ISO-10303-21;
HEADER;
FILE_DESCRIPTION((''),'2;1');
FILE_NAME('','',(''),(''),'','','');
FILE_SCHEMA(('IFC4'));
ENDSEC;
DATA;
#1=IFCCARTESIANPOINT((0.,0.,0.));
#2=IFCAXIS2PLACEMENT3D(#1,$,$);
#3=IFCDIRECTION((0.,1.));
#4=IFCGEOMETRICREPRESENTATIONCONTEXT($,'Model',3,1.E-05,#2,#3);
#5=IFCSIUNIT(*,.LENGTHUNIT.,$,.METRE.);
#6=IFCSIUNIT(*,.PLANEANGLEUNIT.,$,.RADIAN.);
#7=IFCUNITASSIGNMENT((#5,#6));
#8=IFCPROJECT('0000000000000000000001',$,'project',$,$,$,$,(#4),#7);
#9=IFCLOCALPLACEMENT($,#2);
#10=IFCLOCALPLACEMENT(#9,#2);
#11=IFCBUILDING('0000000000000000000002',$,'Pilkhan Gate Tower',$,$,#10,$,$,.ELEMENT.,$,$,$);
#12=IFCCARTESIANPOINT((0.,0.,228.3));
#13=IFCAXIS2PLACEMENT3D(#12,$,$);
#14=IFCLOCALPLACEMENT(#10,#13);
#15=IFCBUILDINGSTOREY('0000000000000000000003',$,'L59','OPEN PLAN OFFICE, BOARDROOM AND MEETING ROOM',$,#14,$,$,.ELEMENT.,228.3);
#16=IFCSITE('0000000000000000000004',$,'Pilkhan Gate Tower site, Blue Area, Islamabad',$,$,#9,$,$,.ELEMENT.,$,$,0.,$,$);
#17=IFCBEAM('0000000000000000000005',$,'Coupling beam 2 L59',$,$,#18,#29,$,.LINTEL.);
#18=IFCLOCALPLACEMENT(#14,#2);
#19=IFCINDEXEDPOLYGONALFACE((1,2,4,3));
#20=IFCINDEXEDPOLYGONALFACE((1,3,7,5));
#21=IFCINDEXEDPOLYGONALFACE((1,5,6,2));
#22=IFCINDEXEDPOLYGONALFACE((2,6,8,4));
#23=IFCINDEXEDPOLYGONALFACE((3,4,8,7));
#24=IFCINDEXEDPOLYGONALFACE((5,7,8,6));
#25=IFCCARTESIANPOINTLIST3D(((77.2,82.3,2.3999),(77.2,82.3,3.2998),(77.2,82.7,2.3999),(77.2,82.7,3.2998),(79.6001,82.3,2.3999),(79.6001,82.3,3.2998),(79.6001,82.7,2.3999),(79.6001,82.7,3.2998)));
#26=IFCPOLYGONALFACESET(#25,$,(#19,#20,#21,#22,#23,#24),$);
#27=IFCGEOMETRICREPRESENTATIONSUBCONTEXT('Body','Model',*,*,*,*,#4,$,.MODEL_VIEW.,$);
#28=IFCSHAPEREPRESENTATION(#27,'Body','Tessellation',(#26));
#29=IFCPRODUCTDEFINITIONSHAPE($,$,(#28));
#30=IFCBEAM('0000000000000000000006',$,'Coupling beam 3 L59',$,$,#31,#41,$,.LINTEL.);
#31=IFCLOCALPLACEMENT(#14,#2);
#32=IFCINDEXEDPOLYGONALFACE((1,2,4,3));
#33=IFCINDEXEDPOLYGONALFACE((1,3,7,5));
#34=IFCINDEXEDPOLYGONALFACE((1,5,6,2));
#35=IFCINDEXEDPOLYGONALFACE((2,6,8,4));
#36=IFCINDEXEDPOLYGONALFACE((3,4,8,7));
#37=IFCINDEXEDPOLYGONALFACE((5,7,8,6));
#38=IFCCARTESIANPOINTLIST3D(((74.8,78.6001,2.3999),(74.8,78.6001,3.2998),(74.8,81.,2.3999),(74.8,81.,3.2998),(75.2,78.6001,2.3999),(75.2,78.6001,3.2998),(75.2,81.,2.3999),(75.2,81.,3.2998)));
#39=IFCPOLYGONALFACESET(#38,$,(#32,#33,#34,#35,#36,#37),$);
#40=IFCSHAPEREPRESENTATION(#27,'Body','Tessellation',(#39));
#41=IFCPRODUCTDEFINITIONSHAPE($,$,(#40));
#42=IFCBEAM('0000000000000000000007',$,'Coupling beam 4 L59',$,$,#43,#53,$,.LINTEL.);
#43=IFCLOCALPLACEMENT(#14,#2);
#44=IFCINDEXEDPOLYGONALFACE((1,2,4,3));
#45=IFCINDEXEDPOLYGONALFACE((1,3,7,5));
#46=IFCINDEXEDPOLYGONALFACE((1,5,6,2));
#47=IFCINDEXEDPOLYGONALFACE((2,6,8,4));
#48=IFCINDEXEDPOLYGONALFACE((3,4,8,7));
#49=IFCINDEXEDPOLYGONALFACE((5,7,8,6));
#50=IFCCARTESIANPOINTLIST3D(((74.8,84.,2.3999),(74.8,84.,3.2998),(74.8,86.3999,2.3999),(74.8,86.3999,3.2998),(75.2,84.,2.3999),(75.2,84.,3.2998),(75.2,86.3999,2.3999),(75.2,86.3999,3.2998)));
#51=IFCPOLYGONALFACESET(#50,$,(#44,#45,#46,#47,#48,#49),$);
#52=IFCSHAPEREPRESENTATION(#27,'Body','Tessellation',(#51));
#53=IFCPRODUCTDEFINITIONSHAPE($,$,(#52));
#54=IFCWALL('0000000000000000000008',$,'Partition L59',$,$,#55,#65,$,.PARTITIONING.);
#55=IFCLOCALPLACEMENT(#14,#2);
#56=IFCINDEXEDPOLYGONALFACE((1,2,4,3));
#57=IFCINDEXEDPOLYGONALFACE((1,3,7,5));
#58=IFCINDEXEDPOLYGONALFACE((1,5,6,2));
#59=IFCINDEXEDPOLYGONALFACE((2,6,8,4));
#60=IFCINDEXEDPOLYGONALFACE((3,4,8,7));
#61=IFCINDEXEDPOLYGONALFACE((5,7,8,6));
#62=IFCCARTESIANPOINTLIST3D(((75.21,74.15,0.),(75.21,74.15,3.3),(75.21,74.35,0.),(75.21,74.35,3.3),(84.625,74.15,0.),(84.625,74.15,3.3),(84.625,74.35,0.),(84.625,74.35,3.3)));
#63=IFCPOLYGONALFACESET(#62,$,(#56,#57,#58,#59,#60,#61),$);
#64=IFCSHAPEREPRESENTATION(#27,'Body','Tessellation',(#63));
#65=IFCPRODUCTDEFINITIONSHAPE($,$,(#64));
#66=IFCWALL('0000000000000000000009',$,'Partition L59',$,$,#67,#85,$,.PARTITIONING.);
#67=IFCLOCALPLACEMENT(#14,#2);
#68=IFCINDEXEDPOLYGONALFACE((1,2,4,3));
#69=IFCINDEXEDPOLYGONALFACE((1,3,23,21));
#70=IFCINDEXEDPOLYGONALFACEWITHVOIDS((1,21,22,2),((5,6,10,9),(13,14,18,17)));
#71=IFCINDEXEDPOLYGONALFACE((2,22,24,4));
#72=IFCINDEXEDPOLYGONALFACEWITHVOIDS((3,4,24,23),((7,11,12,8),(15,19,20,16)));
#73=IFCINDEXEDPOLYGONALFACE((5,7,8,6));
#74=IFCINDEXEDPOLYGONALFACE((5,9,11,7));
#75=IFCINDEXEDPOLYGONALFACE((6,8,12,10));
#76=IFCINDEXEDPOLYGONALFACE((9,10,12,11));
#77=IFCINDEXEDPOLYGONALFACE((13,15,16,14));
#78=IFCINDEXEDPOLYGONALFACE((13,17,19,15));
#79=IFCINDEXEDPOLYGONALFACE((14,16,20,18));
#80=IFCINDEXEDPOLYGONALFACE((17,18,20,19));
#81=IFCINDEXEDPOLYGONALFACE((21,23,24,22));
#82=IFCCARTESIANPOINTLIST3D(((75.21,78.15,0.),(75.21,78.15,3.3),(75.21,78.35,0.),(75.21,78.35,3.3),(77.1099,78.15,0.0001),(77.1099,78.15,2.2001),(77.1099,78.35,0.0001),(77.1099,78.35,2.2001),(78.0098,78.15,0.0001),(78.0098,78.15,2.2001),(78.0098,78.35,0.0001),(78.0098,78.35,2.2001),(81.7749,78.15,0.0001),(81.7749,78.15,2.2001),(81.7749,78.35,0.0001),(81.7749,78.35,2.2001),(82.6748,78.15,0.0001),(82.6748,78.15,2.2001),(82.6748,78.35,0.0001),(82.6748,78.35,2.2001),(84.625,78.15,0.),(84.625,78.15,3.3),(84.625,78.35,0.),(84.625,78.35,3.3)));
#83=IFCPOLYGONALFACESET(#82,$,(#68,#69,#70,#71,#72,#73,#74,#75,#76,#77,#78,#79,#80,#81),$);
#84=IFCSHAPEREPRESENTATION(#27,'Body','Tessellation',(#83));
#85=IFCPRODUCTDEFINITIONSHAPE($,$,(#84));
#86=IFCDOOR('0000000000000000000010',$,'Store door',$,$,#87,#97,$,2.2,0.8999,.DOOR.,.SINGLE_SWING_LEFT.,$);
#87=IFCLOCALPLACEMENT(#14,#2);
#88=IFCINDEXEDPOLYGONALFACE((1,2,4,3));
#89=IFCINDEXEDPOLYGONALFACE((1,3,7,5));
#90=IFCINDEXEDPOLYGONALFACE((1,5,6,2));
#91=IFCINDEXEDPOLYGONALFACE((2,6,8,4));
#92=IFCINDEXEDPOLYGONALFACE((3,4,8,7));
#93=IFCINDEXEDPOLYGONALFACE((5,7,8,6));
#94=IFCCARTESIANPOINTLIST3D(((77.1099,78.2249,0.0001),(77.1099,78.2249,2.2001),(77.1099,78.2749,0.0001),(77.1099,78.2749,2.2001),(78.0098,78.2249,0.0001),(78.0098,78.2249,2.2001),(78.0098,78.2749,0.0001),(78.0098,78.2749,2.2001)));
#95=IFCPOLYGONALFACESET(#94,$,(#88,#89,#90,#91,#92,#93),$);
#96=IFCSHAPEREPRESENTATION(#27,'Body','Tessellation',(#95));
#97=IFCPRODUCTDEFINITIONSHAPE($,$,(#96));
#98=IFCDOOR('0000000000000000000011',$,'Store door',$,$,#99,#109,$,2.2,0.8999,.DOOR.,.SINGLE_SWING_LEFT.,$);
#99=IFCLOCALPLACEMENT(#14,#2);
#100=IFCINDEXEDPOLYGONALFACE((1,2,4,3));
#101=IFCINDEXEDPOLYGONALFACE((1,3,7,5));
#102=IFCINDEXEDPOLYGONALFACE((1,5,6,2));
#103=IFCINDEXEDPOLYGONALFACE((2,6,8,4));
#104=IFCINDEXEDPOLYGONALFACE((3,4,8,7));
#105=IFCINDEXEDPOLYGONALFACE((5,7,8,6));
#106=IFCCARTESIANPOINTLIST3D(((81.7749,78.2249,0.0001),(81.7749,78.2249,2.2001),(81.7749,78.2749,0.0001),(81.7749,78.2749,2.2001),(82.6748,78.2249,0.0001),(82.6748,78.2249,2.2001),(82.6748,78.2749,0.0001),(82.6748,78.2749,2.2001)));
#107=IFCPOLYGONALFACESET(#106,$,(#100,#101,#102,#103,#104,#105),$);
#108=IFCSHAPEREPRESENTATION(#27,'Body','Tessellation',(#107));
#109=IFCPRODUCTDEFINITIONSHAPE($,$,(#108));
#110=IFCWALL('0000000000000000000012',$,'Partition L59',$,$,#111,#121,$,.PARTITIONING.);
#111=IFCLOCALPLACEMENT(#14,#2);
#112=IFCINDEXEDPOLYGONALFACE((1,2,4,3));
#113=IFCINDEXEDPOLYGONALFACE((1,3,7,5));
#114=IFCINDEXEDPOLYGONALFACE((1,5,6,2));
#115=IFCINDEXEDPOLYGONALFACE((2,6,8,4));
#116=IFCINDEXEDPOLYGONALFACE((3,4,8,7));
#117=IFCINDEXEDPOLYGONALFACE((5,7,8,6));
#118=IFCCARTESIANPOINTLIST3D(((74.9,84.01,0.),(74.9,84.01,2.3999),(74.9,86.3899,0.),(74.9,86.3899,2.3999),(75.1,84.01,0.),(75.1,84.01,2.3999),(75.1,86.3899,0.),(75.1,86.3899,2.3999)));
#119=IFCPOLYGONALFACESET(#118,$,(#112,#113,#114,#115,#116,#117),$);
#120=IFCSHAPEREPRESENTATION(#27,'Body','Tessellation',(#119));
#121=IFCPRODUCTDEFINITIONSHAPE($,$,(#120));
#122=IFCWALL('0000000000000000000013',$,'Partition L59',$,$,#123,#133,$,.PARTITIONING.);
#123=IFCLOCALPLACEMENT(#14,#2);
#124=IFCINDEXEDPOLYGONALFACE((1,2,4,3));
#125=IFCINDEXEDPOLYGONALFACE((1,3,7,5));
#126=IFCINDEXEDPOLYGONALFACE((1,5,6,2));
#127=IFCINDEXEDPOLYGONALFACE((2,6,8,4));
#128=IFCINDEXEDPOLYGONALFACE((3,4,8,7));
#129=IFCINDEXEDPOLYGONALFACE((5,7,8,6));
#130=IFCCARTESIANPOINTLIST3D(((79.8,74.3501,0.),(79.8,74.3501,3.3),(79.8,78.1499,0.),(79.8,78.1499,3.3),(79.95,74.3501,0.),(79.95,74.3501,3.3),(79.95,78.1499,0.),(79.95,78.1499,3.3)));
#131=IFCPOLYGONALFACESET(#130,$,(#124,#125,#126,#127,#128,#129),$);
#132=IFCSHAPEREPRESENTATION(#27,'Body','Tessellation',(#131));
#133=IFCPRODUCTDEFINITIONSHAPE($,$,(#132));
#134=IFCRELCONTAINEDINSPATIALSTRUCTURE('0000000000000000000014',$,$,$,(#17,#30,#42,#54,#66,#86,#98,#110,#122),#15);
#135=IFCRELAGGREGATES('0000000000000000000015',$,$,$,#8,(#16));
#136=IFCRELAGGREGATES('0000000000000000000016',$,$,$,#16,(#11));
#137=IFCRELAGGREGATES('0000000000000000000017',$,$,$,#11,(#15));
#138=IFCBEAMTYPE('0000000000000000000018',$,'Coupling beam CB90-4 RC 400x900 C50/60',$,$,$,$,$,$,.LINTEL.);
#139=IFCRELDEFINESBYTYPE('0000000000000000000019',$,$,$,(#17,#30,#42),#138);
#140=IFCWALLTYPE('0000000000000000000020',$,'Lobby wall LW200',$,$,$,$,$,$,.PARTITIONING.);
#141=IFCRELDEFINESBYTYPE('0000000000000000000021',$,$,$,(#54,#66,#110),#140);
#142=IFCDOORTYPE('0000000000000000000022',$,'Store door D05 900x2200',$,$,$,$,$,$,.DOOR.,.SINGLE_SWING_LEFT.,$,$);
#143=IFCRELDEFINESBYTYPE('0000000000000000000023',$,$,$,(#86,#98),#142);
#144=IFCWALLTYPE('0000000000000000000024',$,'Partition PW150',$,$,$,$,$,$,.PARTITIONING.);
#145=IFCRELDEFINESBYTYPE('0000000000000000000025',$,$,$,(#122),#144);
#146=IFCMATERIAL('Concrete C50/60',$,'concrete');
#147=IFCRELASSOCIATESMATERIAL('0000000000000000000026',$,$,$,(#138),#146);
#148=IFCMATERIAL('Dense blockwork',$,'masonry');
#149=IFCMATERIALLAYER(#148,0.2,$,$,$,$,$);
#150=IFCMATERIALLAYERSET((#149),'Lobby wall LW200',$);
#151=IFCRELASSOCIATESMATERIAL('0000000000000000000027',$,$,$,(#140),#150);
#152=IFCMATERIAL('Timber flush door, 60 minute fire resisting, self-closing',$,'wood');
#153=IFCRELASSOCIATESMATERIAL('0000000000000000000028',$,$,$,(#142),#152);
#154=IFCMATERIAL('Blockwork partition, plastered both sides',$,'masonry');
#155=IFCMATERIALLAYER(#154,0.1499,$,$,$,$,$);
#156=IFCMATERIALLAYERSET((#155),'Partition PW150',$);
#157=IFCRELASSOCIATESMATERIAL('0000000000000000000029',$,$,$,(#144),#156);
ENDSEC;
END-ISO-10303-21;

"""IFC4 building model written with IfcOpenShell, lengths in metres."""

from ifc_helpers import new_model, si_unit, direction, frame, frame_2d, origin, origin_2d, place, context, subcontext, project, spatial, rectangle, extrude, material, layer, layer_set, material_profile, profile_set, type_object, element, fill, save


model = new_model("IFC4")

# Units and contexts
model_context = context("Model", 3, precision=1e-05, world=origin(), true_north=direction((0.0, 1.0)))
body_context = subcontext(model_context, "Body", "Model", "MODEL_VIEW")
ifc_project = project(units=[si_unit("LENGTHUNIT", "METRE"), si_unit("PLANEANGLEUNIT", "RADIAN")], contexts=[model_context])

# Site, building, storey
site_placement = place(None, origin())
site = spatial("IfcSite", under=ifc_project, at=site_placement, Name="Pilkhan Gate Tower site, Blue Area, Islamabad", CompositionType="ELEMENT", RefElevation=0.0)
building_placement = place(site_placement, origin())
building = spatial("IfcBuilding", under=site, at=building_placement, Name="Pilkhan Gate Tower", CompositionType="ELEMENT")
storey_placement = place(building_placement, frame((0.0, 0.0, 228.3)))
storey = spatial("IfcBuildingStorey", under=building, at=storey_placement, Name="L59", Description="OPEN PLAN OFFICE, BOARDROOM AND MEETING ROOM", CompositionType="ELEMENT", Elevation=228.3)

# Beams
ifc_material_1 = material(Name="Concrete C50/60", Category="concrete")
ifc_material_profile = material_profile(ifc_material_1, rectangle(XDim=0.3999, YDim=0.8999, at=origin_2d()), Name="RC 400x900")
ifc_profile_set = profile_set([ifc_material_profile], Name="Concrete C50/60")
beam_type = type_object("IfcBeamType", Name="Coupling beam CB90-4 RC 400x900 C50/60", PredefinedType="LINTEL", material=ifc_profile_set)
beam_placement = place(storey_placement, frame((77.2, 82.5, 2.8499), z_axis=(1.0, 0.0, 0.0), x_axis=(0.0, 1.0, 0.0)))
element("IfcBeam", 1, at=beam_placement, inside=storey, type_object=beam_type, Name="Coupling beam 2 L59", PredefinedType="LINTEL", context=body_context, shape_type="SweptSolid", body=[
    extrude(rectangle(XDim=0.3999, YDim=0.8999, at=origin_2d()), origin(), (0.0, 0.0, 1.0), 2.4001),
])
for number, where, z_axis, x_axis, name in (
    (2, (75.0, 78.6001, 2.8499), (0.0, 1.0, 0.0), (-1.0, 0.0, 0.0), "Coupling beam 3 L59"),
    (3, (75.0, 84.0, 2.8499), (0.0, 1.0, 0.0), (-1.0, 0.0, 0.0), "Coupling beam 4 L59"),
):
    element("IfcBeam", number, at=place(storey_placement, frame(where, z_axis=z_axis, x_axis=x_axis)), inside=storey, type_object=beam_type, Name=name, PredefinedType="LINTEL", context=body_context, shape_type="SweptSolid", body=[
        extrude(rectangle(XDim=0.3999, YDim=0.8999, at=origin_2d()), origin(), (0.0, 0.0, 1.0), 2.3999),
    ])

# Wall
ifc_material_2 = material(Name="Dense blockwork", Category="masonry")
ifc_layer_1 = layer(ifc_material_2, 0.2)
ifc_layer_set_1 = layer_set([ifc_layer_1], Name="Lobby wall LW200")
wall_type_1 = type_object("IfcWallType", Name="Lobby wall LW200", PredefinedType="PARTITIONING", material=ifc_layer_set_1)
wall_1_placement = place(storey_placement, frame((75.21, 74.25, 0.0), z_axis=(0.0, 0.0, 1.0), x_axis=(1.0, 0.0, 0.0)))
element("IfcWall", 4, at=wall_1_placement, inside=storey, type_object=wall_type_1, Name="Partition L59", PredefinedType="PARTITIONING", context=body_context, shape_type="SweptSolid", body=[
    extrude(rectangle(XDim=9.415, YDim=0.2, at=frame_2d((4.7075, 0.0))), origin(), (0.0, 0.0, 1.0), 3.3),
])

# Wall, openings, doors
wall_2_placement = place(storey_placement, frame((75.21, 78.25, 0.0), z_axis=(0.0, 0.0, 1.0), x_axis=(1.0, 0.0, 0.0)))
wall_2 = element("IfcWall", 5, at=wall_2_placement, inside=storey, type_object=wall_type_1, Name="Partition L59", PredefinedType="PARTITIONING", context=body_context, shape_type="SweptSolid", body=[
    extrude(rectangle(XDim=9.415, YDim=0.2, at=frame_2d((4.7075, 0.0))), origin(), (0.0, 0.0, 1.0), 3.3),
])
opening_1_placement = place(wall_2_placement, frame((1.8999, 0.0, 0.0)))
opening_1 = element("IfcOpeningElement", 6, at=opening_1_placement, cuts=wall_2, PredefinedType="OPENING", context=body_context, shape_type="SweptSolid", body=[
    extrude(rectangle(XDim=0.8999, YDim=2.2, at=frame_2d((0.45, 1.1001))), frame((0.0, 0.1099, 0.0), z_axis=(0.0, -1.0, 0.0), x_axis=(1.0, 0.0, 0.0)), (0.0, 0.0, 1.0), 0.22),
])
opening_2_placement = place(wall_2_placement, frame((6.5649, 0.0, 0.0)))
opening_2 = element("IfcOpeningElement", 7, at=opening_2_placement, cuts=wall_2, PredefinedType="OPENING", context=body_context, shape_type="SweptSolid", body=[
    extrude(rectangle(XDim=0.8999, YDim=2.2, at=frame_2d((0.45, 1.1001))), frame((0.0, 0.1099, 0.0), z_axis=(0.0, -1.0, 0.0), x_axis=(1.0, 0.0, 0.0)), (0.0, 0.0, 1.0), 0.22),
])
ifc_material_3 = material(Name="Timber flush door, 60 minute fire resisting, self-closing", Category="wood")
door_type_1 = type_object("IfcDoorType", Name="Store door D05 900x2200", OperationType="SINGLE_SWING_LEFT", PredefinedType="DOOR", material=ifc_material_3)
door_1_placement = place(opening_1_placement, origin())
door_1 = element("IfcDoor", 8, at=door_1_placement, inside=storey, type_object=door_type_1, Name="Store door", OperationType="SINGLE_SWING_LEFT", OverallHeight=2.2, OverallWidth=0.8999, PredefinedType="DOOR", context=body_context, shape_type="SweptSolid", body=[
    extrude(rectangle(XDim=0.8999, YDim=2.2, at=frame_2d((0.45, 1.1001))), frame((0.0, 0.0249, 0.0), z_axis=(0.0, -1.0, 0.0), x_axis=(1.0, 0.0, 0.0)), (0.0, 0.0, 1.0), 0.05),
])
fill(opening_1, door_1)
door_2_placement = place(opening_2_placement, origin())
door_2 = element("IfcDoor", 9, at=door_2_placement, inside=storey, type_object=door_type_1, Name="Store door", OperationType="SINGLE_SWING_LEFT", OverallHeight=2.2, OverallWidth=0.8999, PredefinedType="DOOR", context=body_context, shape_type="SweptSolid", body=[
    extrude(rectangle(XDim=0.8999, YDim=2.2, at=frame_2d((0.45, 1.1001))), frame((0.0, 0.0249, 0.0), z_axis=(0.0, -1.0, 0.0), x_axis=(1.0, 0.0, 0.0)), (0.0, 0.0, 1.0), 0.05),
])
fill(opening_2, door_2)

# Walls
wall_3_placement = place(storey_placement, frame((75.0, 84.01, 0.0), z_axis=(0.0, 0.0, 1.0), x_axis=(0.0, 1.0, 0.0)))
element("IfcWall", 10, at=wall_3_placement, inside=storey, type_object=wall_type_1, Name="Partition L59", PredefinedType="PARTITIONING", context=body_context, shape_type="SweptSolid", body=[
    extrude(rectangle(XDim=2.3799, YDim=0.2, at=frame_2d((1.1899, 0.0))), origin(), (0.0, 0.0, 1.0), 2.3999),
])
ifc_material_4 = material(Name="Blockwork partition, plastered both sides", Category="masonry")
ifc_layer_2 = layer(ifc_material_4, 0.1499)
ifc_layer_set_2 = layer_set([ifc_layer_2], Name="Partition PW150")
wall_type_2 = type_object("IfcWallType", Name="Partition PW150", PredefinedType="PARTITIONING", material=ifc_layer_set_2)
wall_4_placement = place(storey_placement, frame((79.875, 74.3501, 0.0), z_axis=(0.0, 0.0, 1.0), x_axis=(0.0, 1.0, 0.0)))
element("IfcWall", 11, at=wall_4_placement, inside=storey, type_object=wall_type_2, Name="Partition L59", PredefinedType="PARTITIONING", context=body_context, shape_type="SweptSolid", body=[
    extrude(rectangle(XDim=3.7998, YDim=0.1499, at=frame_2d((1.8999, 0.0))), origin(), (0.0, 0.0, 1.0), 3.3),
])

save(model, "model.ifc")
